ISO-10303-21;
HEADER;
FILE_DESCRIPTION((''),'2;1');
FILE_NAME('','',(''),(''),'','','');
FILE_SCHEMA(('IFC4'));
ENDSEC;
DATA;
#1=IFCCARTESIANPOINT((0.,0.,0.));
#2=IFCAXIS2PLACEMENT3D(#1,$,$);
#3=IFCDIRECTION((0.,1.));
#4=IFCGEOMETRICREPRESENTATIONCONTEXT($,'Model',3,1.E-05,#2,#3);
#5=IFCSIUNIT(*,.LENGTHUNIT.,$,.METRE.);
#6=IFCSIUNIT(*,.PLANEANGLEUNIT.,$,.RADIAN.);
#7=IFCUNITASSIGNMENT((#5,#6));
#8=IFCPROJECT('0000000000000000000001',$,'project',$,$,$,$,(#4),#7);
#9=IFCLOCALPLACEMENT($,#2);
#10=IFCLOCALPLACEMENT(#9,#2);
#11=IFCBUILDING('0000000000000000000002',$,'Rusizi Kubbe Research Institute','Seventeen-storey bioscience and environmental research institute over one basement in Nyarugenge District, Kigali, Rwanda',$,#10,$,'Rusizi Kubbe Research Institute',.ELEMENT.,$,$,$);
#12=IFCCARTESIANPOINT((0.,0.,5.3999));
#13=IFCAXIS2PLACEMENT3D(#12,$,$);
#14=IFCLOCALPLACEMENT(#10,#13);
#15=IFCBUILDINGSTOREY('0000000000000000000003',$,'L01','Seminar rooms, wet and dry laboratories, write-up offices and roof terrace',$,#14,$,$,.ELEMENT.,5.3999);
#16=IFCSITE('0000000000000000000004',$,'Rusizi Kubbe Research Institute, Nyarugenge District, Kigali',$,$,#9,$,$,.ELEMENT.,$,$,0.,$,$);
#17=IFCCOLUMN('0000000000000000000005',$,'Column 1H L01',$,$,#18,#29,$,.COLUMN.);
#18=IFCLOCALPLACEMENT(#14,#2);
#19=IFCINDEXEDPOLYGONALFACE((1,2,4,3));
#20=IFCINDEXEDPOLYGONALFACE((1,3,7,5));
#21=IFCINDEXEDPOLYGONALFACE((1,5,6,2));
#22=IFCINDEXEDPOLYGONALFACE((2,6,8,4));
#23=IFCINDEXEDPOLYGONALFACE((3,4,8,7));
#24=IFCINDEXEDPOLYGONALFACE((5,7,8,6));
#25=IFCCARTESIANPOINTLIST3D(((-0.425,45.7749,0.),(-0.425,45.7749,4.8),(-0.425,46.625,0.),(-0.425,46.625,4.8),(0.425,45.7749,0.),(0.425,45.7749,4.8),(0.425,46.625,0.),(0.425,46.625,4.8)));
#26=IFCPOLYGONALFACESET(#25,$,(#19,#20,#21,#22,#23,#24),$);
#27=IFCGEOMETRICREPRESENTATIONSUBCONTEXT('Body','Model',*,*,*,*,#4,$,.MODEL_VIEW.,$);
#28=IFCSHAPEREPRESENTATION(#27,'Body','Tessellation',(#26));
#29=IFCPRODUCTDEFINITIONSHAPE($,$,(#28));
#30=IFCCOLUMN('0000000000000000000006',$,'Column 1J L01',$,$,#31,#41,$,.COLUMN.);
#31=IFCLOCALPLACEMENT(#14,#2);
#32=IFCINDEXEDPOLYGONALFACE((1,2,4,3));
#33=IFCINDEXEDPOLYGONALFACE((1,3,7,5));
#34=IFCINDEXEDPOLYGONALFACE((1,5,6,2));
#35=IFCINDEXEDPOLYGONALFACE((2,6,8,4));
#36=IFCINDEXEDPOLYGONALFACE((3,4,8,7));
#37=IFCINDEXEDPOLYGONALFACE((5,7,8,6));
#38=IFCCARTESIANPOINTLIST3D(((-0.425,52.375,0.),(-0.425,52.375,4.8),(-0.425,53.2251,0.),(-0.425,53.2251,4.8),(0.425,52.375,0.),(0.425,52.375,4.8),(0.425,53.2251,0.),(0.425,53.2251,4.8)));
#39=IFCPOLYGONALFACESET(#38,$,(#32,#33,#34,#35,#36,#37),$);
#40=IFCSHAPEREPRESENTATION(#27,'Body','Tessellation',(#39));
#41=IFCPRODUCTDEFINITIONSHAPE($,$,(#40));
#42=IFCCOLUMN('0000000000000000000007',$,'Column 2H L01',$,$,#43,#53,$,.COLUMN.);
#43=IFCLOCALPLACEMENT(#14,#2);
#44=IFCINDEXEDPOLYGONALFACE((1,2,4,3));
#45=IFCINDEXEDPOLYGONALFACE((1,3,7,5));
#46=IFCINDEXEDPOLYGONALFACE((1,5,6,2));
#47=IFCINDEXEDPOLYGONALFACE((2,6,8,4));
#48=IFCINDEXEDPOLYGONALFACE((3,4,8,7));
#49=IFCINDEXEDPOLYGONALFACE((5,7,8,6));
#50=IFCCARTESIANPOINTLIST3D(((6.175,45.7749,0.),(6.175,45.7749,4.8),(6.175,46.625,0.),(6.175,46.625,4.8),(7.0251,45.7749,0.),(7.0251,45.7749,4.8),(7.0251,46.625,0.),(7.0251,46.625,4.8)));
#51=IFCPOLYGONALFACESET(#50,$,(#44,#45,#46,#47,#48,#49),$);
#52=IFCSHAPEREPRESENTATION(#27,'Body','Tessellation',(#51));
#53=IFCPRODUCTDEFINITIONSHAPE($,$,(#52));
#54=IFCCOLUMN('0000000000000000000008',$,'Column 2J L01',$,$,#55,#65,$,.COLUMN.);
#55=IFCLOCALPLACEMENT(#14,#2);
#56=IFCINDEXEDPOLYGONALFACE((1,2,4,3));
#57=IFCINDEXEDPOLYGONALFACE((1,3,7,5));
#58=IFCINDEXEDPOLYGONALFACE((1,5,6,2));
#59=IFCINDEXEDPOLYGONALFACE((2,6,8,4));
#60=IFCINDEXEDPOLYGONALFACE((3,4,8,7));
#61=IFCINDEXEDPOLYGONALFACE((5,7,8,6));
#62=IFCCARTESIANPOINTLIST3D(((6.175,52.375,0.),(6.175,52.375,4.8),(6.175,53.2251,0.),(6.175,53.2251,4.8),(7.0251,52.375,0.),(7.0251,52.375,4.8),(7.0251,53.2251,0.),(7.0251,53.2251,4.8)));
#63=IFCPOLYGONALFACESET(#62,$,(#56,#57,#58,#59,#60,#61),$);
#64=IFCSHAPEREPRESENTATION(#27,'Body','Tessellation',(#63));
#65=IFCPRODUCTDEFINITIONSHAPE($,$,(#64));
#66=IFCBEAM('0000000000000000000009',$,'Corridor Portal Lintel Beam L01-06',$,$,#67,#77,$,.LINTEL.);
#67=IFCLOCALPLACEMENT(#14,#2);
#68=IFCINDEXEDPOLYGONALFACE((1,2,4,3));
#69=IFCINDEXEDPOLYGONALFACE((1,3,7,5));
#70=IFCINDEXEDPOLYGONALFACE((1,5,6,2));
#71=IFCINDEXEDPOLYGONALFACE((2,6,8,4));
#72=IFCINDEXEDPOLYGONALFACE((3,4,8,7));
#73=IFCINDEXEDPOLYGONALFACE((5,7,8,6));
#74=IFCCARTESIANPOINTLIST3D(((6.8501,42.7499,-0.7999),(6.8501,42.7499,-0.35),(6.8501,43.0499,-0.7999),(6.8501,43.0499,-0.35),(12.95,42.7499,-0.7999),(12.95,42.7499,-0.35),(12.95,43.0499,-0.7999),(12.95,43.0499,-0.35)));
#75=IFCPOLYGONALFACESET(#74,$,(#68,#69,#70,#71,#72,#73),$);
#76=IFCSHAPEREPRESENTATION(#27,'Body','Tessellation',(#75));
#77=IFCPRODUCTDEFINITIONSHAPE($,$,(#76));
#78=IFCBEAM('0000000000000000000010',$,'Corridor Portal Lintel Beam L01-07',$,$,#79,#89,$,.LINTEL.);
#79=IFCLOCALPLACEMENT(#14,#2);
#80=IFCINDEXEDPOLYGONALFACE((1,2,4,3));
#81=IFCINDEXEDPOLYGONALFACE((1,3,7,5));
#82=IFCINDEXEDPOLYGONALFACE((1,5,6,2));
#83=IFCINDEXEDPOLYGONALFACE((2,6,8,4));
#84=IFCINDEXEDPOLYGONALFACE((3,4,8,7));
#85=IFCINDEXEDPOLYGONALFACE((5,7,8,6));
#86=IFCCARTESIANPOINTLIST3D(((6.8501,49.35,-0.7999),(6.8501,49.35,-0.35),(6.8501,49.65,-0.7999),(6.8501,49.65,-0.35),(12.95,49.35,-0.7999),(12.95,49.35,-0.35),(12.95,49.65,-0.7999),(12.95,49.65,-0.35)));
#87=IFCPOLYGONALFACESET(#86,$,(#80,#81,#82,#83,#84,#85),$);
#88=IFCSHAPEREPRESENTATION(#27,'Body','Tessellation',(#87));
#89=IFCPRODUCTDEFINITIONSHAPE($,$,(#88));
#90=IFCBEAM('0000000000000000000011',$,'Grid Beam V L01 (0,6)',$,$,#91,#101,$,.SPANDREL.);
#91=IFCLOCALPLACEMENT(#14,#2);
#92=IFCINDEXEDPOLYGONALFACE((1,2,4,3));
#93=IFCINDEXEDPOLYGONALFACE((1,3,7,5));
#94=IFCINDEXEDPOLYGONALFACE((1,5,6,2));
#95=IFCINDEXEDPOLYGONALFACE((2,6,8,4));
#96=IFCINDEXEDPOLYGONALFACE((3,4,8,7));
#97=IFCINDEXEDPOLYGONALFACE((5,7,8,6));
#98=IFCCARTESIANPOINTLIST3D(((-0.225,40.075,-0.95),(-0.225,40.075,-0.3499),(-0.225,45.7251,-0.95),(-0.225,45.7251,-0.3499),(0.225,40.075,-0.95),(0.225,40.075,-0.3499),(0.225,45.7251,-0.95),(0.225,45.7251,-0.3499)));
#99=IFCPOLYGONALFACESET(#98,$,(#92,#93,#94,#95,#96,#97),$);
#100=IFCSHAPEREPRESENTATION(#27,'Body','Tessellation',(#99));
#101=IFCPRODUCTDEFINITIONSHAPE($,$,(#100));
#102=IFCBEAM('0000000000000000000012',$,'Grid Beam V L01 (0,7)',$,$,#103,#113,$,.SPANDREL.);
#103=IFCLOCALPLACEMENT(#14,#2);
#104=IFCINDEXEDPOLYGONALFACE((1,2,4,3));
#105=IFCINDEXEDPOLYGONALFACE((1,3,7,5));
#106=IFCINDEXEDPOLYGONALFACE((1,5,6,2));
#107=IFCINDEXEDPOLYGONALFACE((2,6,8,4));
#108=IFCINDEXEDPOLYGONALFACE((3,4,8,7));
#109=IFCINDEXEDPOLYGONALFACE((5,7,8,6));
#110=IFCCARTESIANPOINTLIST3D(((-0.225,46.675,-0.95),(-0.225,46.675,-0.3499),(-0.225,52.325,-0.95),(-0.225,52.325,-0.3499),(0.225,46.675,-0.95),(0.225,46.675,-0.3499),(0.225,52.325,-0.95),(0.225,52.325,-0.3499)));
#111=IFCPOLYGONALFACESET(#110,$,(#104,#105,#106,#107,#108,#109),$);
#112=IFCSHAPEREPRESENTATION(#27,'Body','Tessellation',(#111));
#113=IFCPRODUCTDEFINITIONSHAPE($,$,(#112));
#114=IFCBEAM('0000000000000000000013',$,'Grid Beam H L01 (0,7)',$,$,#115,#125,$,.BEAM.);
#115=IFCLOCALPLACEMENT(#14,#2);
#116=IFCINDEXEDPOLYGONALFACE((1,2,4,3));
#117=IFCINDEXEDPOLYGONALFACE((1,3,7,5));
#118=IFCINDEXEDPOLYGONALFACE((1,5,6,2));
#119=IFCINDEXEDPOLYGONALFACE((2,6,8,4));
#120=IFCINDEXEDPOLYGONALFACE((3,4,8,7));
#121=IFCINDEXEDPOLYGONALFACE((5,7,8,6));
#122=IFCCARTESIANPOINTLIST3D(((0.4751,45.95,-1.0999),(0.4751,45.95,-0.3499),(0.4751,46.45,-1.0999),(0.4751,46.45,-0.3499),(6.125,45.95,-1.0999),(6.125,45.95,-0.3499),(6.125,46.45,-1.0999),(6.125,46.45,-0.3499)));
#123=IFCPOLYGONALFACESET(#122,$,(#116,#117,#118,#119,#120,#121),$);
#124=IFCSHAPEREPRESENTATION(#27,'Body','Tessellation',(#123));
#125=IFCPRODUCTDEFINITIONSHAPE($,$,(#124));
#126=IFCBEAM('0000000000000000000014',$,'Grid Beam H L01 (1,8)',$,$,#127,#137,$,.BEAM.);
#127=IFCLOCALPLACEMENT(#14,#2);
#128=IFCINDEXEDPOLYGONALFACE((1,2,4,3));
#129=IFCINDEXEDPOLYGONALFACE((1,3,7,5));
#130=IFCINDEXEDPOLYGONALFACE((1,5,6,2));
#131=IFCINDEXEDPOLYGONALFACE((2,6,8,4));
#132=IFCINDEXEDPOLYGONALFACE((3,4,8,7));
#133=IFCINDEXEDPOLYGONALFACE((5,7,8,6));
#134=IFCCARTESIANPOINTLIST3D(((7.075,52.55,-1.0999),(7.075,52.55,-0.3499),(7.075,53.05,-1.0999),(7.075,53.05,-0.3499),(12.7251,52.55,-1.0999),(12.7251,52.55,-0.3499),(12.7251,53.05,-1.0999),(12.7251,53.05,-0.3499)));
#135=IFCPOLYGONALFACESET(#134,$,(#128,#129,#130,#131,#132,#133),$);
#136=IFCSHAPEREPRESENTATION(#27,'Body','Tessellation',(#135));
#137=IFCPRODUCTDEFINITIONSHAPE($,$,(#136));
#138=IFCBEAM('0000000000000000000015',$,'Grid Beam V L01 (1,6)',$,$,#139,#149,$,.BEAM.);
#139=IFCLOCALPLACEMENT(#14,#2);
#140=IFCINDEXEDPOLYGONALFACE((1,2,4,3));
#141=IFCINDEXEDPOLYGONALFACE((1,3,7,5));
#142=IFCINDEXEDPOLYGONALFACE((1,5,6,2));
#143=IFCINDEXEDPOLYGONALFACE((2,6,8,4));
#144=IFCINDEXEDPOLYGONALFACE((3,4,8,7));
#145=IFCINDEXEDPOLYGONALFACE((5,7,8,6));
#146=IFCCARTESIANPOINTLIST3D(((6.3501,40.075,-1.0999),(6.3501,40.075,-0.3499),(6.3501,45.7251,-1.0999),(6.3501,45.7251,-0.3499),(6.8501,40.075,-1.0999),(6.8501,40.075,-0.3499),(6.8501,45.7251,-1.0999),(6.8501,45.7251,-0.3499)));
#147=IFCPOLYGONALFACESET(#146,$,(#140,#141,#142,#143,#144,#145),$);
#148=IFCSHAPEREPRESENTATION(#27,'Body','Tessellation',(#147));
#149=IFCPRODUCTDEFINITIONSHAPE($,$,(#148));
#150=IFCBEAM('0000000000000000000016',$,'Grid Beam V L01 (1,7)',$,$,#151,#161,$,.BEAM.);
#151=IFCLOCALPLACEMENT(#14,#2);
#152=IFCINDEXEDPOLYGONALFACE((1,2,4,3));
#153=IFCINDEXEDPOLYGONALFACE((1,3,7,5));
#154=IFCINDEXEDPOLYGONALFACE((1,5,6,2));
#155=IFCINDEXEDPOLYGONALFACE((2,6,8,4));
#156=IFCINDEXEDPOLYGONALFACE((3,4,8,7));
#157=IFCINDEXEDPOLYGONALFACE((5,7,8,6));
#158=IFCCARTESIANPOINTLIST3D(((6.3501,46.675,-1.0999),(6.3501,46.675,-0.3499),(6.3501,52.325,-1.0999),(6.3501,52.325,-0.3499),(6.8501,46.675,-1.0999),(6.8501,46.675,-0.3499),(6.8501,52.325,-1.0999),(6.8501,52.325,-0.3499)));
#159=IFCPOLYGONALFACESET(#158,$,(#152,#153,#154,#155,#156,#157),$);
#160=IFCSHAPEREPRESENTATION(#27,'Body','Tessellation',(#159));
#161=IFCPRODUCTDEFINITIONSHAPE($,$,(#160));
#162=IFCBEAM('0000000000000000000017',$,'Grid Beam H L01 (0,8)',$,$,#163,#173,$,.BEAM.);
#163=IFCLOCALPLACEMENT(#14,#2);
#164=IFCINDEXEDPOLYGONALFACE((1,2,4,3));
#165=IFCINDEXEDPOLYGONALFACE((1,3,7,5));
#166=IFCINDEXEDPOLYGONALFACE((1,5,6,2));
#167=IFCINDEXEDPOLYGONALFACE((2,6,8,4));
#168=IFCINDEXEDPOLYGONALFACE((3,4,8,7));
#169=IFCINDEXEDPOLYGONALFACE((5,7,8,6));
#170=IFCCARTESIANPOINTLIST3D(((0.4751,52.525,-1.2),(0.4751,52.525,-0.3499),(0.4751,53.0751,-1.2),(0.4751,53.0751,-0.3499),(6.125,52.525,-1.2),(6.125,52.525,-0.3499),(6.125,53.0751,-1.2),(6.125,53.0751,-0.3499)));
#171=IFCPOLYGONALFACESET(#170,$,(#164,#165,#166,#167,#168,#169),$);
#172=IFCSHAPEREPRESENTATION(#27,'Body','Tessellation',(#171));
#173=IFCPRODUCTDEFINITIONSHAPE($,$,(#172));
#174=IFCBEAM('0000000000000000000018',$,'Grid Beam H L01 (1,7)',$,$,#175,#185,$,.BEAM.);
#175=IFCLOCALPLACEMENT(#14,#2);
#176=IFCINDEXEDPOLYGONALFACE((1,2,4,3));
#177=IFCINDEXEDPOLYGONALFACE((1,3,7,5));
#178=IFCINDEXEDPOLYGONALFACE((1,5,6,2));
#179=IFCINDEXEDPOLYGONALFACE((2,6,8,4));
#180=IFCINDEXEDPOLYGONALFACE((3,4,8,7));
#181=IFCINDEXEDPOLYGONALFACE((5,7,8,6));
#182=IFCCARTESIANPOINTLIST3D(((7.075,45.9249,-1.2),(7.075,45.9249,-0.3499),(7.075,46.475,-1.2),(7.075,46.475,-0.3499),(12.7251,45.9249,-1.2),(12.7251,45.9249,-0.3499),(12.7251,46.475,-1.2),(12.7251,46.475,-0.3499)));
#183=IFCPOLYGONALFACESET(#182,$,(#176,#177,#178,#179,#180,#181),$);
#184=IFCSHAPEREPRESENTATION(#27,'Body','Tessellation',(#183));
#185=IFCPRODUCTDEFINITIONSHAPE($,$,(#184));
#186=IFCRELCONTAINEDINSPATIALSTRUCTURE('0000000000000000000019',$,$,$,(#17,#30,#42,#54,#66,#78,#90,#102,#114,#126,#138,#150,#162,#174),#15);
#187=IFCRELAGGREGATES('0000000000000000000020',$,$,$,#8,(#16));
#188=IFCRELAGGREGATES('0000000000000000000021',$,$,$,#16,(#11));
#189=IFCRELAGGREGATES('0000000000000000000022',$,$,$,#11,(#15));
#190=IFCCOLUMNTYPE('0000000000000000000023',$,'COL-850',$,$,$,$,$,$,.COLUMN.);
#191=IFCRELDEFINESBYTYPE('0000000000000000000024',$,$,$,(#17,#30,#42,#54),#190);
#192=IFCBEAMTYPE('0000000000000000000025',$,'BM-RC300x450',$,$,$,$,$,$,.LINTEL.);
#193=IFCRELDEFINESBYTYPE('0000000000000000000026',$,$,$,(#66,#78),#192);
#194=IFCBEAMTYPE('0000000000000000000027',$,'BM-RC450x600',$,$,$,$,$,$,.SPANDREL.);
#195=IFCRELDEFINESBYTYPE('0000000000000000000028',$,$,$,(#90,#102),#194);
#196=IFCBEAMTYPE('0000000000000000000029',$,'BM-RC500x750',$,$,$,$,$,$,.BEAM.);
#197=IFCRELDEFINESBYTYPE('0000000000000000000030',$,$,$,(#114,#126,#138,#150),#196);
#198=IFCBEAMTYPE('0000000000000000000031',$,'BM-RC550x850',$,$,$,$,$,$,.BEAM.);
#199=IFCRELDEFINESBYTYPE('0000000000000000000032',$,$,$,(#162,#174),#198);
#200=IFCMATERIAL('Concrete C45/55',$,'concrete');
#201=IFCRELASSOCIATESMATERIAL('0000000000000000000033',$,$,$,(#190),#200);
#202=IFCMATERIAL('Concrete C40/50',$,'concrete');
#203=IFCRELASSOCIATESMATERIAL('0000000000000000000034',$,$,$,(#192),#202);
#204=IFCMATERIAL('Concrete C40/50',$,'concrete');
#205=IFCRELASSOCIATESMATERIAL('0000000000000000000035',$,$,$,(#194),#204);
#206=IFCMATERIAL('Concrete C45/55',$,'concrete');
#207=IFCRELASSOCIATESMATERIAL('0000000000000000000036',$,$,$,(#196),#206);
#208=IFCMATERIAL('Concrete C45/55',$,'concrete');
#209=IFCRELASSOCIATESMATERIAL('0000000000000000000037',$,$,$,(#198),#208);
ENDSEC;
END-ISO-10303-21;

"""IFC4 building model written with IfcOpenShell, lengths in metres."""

from ifc_helpers import new_model, si_unit, direction, frame, origin, origin_2d, place, context, subcontext, project, spatial, rectangle, extrude, material, material_profile, profile_set, type_object, element, save


model = new_model("IFC4")

# Units and contexts
model_context = context("Model", 3, precision=1e-05, world=origin(), true_north=direction((0.0, 1.0)))
body_context = subcontext(model_context, "Body", "Model", "MODEL_VIEW")
ifc_project = project(units=[si_unit("LENGTHUNIT", "METRE"), si_unit("PLANEANGLEUNIT", "RADIAN")], contexts=[model_context])

# Site, building, storey
site_placement = place(None, origin())
site = spatial("IfcSite", under=ifc_project, at=site_placement, Name="Rusizi Kubbe Research Institute, Nyarugenge District, Kigali", CompositionType="ELEMENT", RefElevation=0.0)
building_placement = place(site_placement, origin())
building = spatial("IfcBuilding", under=site, at=building_placement, Name="Rusizi Kubbe Research Institute", Description="Seventeen-storey bioscience and environmental research institute over one basement in Nyarugenge District, Kigali, Rwanda", LongName="Rusizi Kubbe Research Institute", CompositionType="ELEMENT")
storey_placement = place(building_placement, frame((0.0, 0.0, 5.3999)))
storey = spatial("IfcBuildingStorey", under=building, at=storey_placement, Name="L01", Description="Seminar rooms, wet and dry laboratories, write-up offices and roof terrace", CompositionType="ELEMENT", Elevation=5.3999)

# Columns
ifc_material_1 = material(Name="Concrete C45/55", Category="concrete")
ifc_material_profile_1 = material_profile(ifc_material_1, rectangle(XDim=0.8501, YDim=0.8501, at=origin_2d()), Name="RC850x850")
ifc_profile_set_1 = profile_set([ifc_material_profile_1], Name="Concrete C45/55")
column_type = type_object("IfcColumnType", Name="COL-850", PredefinedType="COLUMN", material=ifc_profile_set_1)
for number, where, z_axis, x_axis, name in (
    (1, (0.0, 46.2, 0.0), (0.0, 0.0, 1.0), (1.0, 0.0, 0.0), "Column 1H L01"),
    (2, (0.0, 52.8, 0.0), (0.0, 0.0, 1.0), (1.0, 0.0, 0.0), "Column 1J L01"),
    (3, (6.6001, 46.2, 0.0), (0.0, 0.0, 1.0), (1.0, 0.0, 0.0), "Column 2H L01"),
    (4, (6.6001, 52.8, 0.0), (0.0, 0.0, 1.0), (1.0, 0.0, 0.0), "Column 2J L01"),
):
    element("IfcColumn", number, at=place(storey_placement, frame(where, z_axis=z_axis, x_axis=x_axis)), inside=storey, type_object=column_type, Name=name, PredefinedType="COLUMN", context=body_context, shape_type="SweptSolid", body=[
        extrude(rectangle(XDim=0.8501, YDim=0.8501, at=origin_2d()), origin(), (0.0, 0.0, 1.0), 4.8),
    ])

# Beams
ifc_material_2 = material(Name="Concrete C40/50", Category="concrete")
ifc_material_profile_2 = material_profile(ifc_material_2, rectangle(XDim=0.3, YDim=0.45, at=origin_2d()), Name="RC300x450")
ifc_profile_set_2 = profile_set([ifc_material_profile_2], Name="Concrete C40/50")
beam_type_1 = type_object("IfcBeamType", Name="BM-RC300x450", PredefinedType="LINTEL", material=ifc_profile_set_2)
for number, where, z_axis, x_axis, name in (
    (5, (6.8501, 42.8999, -0.575), (1.0, 0.0, 0.0), (0.0, 1.0, 0.0), "Corridor Portal Lintel Beam L01-06"),
    (6, (6.8501, 49.5, -0.575), (1.0, 0.0, 0.0), (0.0, 1.0, 0.0), "Corridor Portal Lintel Beam L01-07"),
):
    element("IfcBeam", number, at=place(storey_placement, frame(where, z_axis=z_axis, x_axis=x_axis)), inside=storey, type_object=beam_type_1, Name=name, PredefinedType="LINTEL", context=body_context, shape_type="SweptSolid", body=[
        extrude(rectangle(XDim=0.3, YDim=0.45, at=origin_2d()), origin(), (0.0, 0.0, 1.0), 6.0999),
    ])
ifc_material_3 = material(Name="Concrete C40/50", Category="concrete")
ifc_material_profile_3 = material_profile(ifc_material_3, rectangle(XDim=0.45, YDim=0.6001, at=origin_2d()), Name="RC450x600")
ifc_profile_set_3 = profile_set([ifc_material_profile_3], Name="Concrete C40/50")
beam_type_2 = type_object("IfcBeamType", Name="BM-RC450x600", PredefinedType="SPANDREL", material=ifc_profile_set_3)
beam_1_placement = place(storey_placement, frame((0.0, 40.075, -0.6499), z_axis=(0.0, 1.0, 0.0), x_axis=(-1.0, 0.0, 0.0)))
element("IfcBeam", 7, at=beam_1_placement, inside=storey, type_object=beam_type_2, Name="Grid Beam V L01 (0,6)", PredefinedType="SPANDREL", context=body_context, shape_type="SweptSolid", body=[
    extrude(rectangle(XDim=0.45, YDim=0.6001, at=origin_2d()), origin(), (0.0, 0.0, 1.0), 5.6501),
])
beam_2_placement = place(storey_placement, frame((0.0, 46.675, -0.6499), z_axis=(0.0, 1.0, 0.0), x_axis=(-1.0, 0.0, 0.0)))
element("IfcBeam", 8, at=beam_2_placement, inside=storey, type_object=beam_type_2, Name="Grid Beam V L01 (0,7)", PredefinedType="SPANDREL", context=body_context, shape_type="SweptSolid", body=[
    extrude(rectangle(XDim=0.45, YDim=0.6001, at=origin_2d()), origin(), (0.0, 0.0, 1.0), 5.6499),
])
ifc_material_4 = material(Name="Concrete C45/55", Category="concrete")
ifc_material_profile_4 = material_profile(ifc_material_4, rectangle(XDim=0.5, YDim=0.75, at=origin_2d()), Name="RC500x750B")
ifc_profile_set_4 = profile_set([ifc_material_profile_4], Name="Concrete C45/55")
beam_type_3 = type_object("IfcBeamType", Name="BM-RC500x750", PredefinedType="BEAM", material=ifc_profile_set_4)
beam_3_placement = place(storey_placement, frame((0.4751, 46.2, -0.7249), z_axis=(1.0, 0.0, 0.0), x_axis=(0.0, 1.0, 0.0)))
element("IfcBeam", 9, at=beam_3_placement, inside=storey, type_object=beam_type_3, Name="Grid Beam H L01 (0,7)", PredefinedType="BEAM", context=body_context, shape_type="SweptSolid", body=[
    extrude(rectangle(XDim=0.5, YDim=0.75, at=origin_2d()), origin(), (0.0, 0.0, 1.0), 5.6499),
])
for number, where, z_axis, x_axis, name in (
    (10, (7.075, 52.8, -0.7249), (1.0, 0.0, 0.0), (0.0, 1.0, 0.0), "Grid Beam H L01 (1,8)"),
    (11, (6.6001, 40.075, -0.7249), (0.0, 1.0, 0.0), (-1.0, 0.0, 0.0), "Grid Beam V L01 (1,6)"),
):
    element("IfcBeam", number, at=place(storey_placement, frame(where, z_axis=z_axis, x_axis=x_axis)), inside=storey, type_object=beam_type_3, Name=name, PredefinedType="BEAM", context=body_context, shape_type="SweptSolid", body=[
        extrude(rectangle(XDim=0.5, YDim=0.75, at=origin_2d()), origin(), (0.0, 0.0, 1.0), 5.6501),
    ])
beam_4_placement = place(storey_placement, frame((6.6001, 46.675, -0.7249), z_axis=(0.0, 1.0, 0.0), x_axis=(-1.0, 0.0, 0.0)))
element("IfcBeam", 12, at=beam_4_placement, inside=storey, type_object=beam_type_3, Name="Grid Beam V L01 (1,7)", PredefinedType="BEAM", context=body_context, shape_type="SweptSolid", body=[
    extrude(rectangle(XDim=0.5, YDim=0.75, at=origin_2d()), origin(), (0.0, 0.0, 1.0), 5.6499),
])
ifc_material_5 = material(Name="Concrete C45/55", Category="concrete")
ifc_material_profile_5 = material_profile(ifc_material_5, rectangle(XDim=0.55, YDim=0.8501, at=origin_2d()), Name="RC550x850")
ifc_profile_set_5 = profile_set([ifc_material_profile_5], Name="Concrete C45/55")
beam_type_4 = type_object("IfcBeamType", Name="BM-RC550x850", PredefinedType="BEAM", material=ifc_profile_set_5)
beam_5_placement = place(storey_placement, frame((0.4751, 52.8, -0.7749), z_axis=(1.0, 0.0, 0.0), x_axis=(0.0, 1.0, 0.0)))
element("IfcBeam", 13, at=beam_5_placement, inside=storey, type_object=beam_type_4, Name="Grid Beam H L01 (0,8)", PredefinedType="BEAM", context=body_context, shape_type="SweptSolid", body=[
    extrude(rectangle(XDim=0.55, YDim=0.8501, at=origin_2d()), origin(), (0.0, 0.0, 1.0), 5.6499),
])
beam_6_placement = place(storey_placement, frame((7.075, 46.2, -0.7749), z_axis=(1.0, 0.0, 0.0), x_axis=(0.0, 1.0, 0.0)))
element("IfcBeam", 14, at=beam_6_placement, inside=storey, type_object=beam_type_4, Name="Grid Beam H L01 (1,7)", PredefinedType="BEAM", context=body_context, shape_type="SweptSolid", body=[
    extrude(rectangle(XDim=0.55, YDim=0.8501, at=origin_2d()), origin(), (0.0, 0.0, 1.0), 5.6501),
])

save(model, "model.ifc")
